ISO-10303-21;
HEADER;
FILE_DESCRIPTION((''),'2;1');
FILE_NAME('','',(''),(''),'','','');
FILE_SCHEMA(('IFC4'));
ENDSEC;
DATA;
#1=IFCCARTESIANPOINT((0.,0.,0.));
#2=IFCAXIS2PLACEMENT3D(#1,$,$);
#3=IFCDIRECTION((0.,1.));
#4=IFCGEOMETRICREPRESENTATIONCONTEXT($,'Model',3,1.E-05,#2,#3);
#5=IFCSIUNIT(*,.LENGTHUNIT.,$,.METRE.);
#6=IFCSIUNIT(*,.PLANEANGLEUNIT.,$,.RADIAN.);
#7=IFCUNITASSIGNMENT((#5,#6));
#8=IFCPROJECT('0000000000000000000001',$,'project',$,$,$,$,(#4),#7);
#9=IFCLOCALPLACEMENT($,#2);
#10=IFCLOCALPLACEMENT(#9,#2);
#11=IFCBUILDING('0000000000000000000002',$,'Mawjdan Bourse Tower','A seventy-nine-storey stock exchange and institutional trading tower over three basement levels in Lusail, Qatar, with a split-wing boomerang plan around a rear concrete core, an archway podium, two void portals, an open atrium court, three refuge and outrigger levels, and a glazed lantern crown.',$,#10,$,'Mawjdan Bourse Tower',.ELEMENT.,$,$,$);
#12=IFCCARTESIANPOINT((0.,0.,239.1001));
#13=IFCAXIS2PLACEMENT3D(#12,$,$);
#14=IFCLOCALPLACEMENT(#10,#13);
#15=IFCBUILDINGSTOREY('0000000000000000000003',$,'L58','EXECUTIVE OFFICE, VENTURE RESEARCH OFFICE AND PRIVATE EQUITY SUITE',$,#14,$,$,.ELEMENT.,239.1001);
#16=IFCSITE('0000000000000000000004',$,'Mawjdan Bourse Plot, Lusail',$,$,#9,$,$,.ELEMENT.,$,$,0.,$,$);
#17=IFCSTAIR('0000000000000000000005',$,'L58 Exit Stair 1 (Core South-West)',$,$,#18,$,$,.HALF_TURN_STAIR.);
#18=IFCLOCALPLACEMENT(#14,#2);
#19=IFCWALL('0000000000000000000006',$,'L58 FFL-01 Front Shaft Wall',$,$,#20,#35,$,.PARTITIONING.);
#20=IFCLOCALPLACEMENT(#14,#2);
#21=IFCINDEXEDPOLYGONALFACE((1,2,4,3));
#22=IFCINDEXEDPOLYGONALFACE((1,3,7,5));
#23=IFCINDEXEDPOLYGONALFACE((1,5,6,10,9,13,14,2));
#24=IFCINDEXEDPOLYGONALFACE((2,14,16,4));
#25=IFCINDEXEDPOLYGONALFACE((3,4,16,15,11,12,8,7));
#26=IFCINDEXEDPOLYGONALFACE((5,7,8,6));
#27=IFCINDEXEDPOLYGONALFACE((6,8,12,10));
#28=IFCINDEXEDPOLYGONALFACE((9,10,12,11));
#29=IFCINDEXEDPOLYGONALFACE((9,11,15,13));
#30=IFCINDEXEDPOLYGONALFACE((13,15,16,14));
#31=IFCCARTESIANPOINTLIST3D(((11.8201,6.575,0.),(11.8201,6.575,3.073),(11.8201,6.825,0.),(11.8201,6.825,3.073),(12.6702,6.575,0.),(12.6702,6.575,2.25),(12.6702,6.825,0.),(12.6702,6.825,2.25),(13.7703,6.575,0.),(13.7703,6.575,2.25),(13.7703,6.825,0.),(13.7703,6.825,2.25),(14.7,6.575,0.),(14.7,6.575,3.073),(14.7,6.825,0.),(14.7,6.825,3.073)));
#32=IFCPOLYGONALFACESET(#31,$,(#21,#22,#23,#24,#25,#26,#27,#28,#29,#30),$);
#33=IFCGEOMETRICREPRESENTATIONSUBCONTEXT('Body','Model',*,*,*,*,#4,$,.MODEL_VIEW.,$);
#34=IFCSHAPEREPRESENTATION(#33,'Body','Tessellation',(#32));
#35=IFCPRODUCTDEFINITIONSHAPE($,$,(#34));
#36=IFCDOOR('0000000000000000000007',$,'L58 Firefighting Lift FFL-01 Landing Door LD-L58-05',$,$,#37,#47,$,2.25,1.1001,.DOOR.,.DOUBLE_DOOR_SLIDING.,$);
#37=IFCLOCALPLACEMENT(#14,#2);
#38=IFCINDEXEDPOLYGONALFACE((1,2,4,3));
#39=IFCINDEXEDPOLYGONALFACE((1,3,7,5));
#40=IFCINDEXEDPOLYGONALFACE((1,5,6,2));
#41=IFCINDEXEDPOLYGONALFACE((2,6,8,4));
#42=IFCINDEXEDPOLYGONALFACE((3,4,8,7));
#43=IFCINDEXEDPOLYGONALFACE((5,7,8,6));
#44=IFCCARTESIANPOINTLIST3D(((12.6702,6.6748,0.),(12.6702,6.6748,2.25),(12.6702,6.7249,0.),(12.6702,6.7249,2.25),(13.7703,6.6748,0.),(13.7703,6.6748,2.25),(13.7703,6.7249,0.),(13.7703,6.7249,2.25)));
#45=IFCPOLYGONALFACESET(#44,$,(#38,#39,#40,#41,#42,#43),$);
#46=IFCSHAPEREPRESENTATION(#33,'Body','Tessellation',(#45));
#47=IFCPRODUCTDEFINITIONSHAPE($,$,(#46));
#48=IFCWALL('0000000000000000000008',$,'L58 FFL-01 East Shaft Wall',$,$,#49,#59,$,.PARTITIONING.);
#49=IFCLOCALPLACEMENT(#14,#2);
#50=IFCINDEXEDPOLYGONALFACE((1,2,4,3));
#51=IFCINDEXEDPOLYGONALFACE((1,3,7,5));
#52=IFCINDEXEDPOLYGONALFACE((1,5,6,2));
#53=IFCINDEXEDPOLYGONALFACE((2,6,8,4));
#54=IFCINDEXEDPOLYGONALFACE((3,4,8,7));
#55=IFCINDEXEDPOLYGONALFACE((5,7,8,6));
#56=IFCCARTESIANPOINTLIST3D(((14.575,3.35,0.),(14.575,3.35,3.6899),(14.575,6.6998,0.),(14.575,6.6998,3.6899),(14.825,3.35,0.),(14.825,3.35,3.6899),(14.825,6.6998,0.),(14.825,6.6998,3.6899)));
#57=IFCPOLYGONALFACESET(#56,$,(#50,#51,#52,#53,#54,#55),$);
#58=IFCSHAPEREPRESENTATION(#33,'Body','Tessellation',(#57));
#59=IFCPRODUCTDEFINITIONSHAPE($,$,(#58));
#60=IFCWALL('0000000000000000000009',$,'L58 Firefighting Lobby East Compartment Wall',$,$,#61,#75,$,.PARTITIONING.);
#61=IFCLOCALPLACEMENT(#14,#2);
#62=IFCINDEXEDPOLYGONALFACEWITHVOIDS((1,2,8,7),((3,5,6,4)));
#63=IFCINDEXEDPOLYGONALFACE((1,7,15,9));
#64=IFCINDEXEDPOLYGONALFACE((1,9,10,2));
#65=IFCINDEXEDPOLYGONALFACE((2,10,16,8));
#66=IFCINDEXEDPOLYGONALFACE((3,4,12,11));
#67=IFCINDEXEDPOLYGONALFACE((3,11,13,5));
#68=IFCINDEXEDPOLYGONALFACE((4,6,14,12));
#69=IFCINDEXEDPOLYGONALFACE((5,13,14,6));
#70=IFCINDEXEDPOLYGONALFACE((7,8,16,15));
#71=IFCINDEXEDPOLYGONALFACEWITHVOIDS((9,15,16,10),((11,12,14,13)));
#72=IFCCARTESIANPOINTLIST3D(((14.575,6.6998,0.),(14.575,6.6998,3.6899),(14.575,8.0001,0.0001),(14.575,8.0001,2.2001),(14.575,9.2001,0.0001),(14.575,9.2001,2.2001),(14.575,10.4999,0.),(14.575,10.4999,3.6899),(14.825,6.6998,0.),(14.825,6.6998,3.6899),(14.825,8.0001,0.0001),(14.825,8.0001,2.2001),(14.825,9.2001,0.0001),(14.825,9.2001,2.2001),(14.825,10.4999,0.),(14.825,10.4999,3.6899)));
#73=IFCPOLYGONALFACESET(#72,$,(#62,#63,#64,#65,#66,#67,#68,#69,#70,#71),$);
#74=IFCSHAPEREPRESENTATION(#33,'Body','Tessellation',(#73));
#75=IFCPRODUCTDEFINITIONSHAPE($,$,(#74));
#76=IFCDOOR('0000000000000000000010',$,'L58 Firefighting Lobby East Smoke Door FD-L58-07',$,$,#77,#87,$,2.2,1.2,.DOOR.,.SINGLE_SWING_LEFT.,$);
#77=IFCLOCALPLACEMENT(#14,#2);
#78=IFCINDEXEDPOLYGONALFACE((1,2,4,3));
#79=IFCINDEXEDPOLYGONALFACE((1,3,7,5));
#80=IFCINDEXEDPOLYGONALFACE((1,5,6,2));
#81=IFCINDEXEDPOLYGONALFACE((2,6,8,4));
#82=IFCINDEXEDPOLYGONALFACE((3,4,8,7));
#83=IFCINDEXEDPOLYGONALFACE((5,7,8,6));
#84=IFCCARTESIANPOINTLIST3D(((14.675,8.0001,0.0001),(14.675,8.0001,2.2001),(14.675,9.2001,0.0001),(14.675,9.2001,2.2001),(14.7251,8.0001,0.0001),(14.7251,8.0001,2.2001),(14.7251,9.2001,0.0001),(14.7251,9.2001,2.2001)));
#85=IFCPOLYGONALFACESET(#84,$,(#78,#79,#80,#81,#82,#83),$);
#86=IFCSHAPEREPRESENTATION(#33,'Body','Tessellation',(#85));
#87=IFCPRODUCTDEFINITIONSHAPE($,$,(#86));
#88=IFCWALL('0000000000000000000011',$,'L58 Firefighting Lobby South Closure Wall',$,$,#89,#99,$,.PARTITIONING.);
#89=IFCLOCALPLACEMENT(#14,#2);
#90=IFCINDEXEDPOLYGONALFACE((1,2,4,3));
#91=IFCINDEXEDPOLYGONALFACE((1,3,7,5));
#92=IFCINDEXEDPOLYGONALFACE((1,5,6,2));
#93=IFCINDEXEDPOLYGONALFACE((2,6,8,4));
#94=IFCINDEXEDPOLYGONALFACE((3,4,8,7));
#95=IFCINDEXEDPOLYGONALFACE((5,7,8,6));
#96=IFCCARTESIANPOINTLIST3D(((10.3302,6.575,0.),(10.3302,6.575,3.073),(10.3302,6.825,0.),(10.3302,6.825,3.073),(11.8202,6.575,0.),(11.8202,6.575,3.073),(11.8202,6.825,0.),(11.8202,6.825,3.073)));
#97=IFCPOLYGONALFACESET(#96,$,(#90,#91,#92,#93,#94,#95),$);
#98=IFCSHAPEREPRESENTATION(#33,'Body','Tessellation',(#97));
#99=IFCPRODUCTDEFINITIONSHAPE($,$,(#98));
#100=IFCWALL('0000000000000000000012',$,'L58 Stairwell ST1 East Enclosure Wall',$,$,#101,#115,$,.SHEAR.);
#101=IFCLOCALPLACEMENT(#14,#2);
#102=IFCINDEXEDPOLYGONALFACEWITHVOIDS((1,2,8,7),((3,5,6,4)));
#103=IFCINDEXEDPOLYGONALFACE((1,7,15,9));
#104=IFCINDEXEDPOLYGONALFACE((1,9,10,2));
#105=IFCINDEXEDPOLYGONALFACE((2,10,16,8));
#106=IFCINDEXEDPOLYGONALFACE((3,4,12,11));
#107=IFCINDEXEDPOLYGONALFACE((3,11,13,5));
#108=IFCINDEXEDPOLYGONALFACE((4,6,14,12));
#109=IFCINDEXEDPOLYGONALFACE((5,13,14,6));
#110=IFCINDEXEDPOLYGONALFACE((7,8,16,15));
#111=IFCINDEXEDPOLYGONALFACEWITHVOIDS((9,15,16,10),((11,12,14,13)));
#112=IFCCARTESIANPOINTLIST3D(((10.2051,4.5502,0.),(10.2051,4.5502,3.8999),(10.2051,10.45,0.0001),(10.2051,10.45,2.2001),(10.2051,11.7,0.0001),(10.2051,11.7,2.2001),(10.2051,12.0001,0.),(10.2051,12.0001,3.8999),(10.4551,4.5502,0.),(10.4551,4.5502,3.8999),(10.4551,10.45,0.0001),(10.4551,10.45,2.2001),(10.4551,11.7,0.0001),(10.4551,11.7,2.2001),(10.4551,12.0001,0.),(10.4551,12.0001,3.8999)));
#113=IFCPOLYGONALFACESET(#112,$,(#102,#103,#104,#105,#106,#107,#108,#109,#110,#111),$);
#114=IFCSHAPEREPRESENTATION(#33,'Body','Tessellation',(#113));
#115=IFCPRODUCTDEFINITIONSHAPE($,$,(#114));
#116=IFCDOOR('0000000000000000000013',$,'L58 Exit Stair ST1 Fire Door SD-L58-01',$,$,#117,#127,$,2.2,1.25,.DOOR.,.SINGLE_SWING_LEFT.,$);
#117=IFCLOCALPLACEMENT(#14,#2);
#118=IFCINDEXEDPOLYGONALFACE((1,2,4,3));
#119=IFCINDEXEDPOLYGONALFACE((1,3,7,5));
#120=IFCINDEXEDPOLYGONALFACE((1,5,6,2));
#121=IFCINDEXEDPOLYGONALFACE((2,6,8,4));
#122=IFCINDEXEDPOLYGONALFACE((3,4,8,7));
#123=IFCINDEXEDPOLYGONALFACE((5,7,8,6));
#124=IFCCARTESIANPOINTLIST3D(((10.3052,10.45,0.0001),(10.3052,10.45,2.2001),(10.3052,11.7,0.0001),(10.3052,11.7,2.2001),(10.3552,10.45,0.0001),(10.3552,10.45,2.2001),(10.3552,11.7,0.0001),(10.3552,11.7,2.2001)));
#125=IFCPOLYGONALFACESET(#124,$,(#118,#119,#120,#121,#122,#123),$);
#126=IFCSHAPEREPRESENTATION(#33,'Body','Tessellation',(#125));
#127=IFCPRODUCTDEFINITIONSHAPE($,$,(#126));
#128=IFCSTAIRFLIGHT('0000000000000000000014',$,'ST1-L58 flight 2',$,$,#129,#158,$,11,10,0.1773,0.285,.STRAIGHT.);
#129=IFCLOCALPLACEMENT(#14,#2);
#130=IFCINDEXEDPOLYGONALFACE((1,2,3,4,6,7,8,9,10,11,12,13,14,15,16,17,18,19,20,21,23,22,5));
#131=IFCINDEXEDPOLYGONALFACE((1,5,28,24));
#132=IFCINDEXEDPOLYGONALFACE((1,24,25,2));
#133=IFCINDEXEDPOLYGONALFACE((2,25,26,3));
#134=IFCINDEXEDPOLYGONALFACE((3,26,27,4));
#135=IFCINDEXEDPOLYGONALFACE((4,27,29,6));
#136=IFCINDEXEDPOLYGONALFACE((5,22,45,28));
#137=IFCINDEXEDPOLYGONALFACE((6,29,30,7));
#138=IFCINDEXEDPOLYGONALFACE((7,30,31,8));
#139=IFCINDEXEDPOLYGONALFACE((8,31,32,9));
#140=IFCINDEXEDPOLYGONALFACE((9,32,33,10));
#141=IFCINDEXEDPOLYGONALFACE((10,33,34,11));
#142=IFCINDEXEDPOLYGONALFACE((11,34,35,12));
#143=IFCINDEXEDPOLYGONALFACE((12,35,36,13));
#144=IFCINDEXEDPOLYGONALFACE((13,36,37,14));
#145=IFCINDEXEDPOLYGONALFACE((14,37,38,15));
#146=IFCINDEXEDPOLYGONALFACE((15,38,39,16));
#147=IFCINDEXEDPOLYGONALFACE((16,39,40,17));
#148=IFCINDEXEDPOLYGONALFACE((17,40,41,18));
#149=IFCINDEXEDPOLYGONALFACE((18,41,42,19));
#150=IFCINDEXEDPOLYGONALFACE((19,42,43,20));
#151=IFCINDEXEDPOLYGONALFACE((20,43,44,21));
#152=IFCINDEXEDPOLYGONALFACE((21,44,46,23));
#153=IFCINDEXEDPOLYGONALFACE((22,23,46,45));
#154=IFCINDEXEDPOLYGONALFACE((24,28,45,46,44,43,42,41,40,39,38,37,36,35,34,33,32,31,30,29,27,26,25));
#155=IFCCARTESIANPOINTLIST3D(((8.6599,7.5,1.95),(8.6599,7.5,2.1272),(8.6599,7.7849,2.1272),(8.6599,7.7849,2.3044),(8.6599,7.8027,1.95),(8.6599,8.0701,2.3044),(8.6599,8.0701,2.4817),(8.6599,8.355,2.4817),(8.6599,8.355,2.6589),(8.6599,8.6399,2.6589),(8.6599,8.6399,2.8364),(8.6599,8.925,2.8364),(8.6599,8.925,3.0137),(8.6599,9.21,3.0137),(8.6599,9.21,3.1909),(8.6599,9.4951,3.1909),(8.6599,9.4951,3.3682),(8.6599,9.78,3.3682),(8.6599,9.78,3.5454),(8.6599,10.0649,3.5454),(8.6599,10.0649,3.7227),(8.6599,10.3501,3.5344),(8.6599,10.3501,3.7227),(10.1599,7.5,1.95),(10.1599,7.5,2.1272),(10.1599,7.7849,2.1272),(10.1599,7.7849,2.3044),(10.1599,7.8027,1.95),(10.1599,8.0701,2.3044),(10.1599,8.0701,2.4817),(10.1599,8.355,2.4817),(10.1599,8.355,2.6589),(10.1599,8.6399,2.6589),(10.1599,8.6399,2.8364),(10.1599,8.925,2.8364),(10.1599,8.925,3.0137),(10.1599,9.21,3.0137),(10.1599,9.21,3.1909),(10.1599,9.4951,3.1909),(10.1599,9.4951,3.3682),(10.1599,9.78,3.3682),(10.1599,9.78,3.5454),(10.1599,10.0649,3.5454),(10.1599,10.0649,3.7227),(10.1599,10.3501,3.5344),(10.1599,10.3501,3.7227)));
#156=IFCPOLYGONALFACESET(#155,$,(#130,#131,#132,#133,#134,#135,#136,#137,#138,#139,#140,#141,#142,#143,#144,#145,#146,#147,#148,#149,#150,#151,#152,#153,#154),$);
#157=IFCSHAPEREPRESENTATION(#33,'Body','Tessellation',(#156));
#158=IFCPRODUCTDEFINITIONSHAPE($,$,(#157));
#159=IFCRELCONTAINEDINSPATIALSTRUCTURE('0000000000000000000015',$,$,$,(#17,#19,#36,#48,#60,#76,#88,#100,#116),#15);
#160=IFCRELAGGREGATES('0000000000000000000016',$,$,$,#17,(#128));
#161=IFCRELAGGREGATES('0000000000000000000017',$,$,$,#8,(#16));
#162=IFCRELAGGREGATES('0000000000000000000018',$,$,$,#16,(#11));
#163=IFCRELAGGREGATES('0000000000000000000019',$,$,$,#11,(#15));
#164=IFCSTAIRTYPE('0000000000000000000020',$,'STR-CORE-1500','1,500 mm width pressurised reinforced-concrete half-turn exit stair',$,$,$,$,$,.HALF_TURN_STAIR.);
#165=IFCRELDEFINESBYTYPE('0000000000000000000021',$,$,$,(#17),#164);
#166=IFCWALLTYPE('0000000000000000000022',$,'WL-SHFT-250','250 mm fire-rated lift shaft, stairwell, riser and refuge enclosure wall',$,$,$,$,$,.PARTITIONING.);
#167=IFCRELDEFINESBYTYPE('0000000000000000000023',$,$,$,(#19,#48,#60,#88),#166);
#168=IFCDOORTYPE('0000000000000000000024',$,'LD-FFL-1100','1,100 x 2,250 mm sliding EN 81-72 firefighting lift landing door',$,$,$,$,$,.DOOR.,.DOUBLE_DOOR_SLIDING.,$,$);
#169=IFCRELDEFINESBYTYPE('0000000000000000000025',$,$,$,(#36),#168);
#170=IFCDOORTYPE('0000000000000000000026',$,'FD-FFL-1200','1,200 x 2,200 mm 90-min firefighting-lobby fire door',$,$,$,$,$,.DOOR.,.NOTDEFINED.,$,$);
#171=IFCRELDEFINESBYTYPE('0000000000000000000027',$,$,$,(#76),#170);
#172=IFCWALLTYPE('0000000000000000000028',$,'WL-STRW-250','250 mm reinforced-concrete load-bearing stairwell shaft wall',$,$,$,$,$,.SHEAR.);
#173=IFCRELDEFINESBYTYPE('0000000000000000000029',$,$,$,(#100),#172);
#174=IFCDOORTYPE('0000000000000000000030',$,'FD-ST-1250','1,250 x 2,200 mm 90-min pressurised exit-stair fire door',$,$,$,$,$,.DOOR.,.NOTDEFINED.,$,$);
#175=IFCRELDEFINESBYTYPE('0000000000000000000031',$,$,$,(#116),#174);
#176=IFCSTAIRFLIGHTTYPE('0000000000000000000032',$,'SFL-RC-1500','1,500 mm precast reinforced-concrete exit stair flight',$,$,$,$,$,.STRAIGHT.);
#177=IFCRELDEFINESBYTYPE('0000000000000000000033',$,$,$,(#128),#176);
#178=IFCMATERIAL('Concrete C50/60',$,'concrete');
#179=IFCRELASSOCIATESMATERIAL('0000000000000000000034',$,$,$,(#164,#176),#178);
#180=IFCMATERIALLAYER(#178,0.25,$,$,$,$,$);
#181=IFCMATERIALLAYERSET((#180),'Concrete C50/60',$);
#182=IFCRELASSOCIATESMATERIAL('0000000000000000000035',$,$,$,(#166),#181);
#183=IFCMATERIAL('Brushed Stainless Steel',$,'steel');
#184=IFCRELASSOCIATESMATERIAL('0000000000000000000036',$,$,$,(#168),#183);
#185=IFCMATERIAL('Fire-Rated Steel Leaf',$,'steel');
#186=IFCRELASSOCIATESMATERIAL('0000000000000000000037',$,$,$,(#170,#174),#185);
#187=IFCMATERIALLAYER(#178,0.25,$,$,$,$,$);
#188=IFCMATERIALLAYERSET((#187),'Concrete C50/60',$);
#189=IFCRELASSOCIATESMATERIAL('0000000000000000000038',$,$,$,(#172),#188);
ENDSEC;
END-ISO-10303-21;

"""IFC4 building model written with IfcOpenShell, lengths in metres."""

from ifc_helpers import new_model, si_unit, direction, frame, frame_2d, origin, place, context, subcontext, project, spatial, polyline, rectangle, outline, extrude, material, layer, layer_set, type_object, element, fill, aggregate, save


model = new_model("IFC4")

# Units and contexts
model_context = context("Model", 3, precision=1e-05, world=origin(), true_north=direction((0.0, 1.0)))
body_context = subcontext(model_context, "Body", "Model", "MODEL_VIEW")
ifc_project = project(units=[si_unit("LENGTHUNIT", "METRE"), si_unit("PLANEANGLEUNIT", "RADIAN")], contexts=[model_context])

# Site, building, storey
site_placement = place(None, origin())
site = spatial("IfcSite", under=ifc_project, at=site_placement, Name="Mawjdan Bourse Plot, Lusail", CompositionType="ELEMENT", RefElevation=0.0)
building_placement = place(site_placement, origin())
building = spatial("IfcBuilding", under=site, at=building_placement, Name="Mawjdan Bourse Tower", Description="A seventy-nine-storey stock exchange and institutional trading tower over three basement levels in Lusail, Qatar, with a split-wing boomerang plan around a rear concrete core, an archway podium, two void portals, an open atrium court, three refuge and outrigger levels, and a glazed lantern crown.", LongName="Mawjdan Bourse Tower", CompositionType="ELEMENT")
storey_placement = place(building_placement, frame((0.0, 0.0, 239.1001)))
storey = spatial("IfcBuildingStorey", under=building, at=storey_placement, Name="L58", Description="EXECUTIVE OFFICE, VENTURE RESEARCH OFFICE AND PRIVATE EQUITY SUITE", CompositionType="ELEMENT", Elevation=239.1001)

# Stair
ifc_material_1 = material(Name="Concrete C50/60", Category="concrete")
stair_type = type_object("IfcStairType", Name="STR-CORE-1500", Description="1,500 mm width pressurised reinforced-concrete half-turn exit stair", PredefinedType="HALF_TURN_STAIR", material=ifc_material_1)
stair_1_placement = place(storey_placement, origin())
stair_1 = element("IfcStair", 1, at=stair_1_placement, inside=storey, type_object=stair_type, Name="L58 Exit Stair 1 (Core South-West)", PredefinedType="HALF_TURN_STAIR")

# Shared definitions
ifc_layer_1 = layer(ifc_material_1, 0.25)
ifc_layer_set_1 = layer_set([ifc_layer_1], Name="Concrete C50/60")
wall_type_1 = type_object("IfcWallType", Name="WL-SHFT-250", Description="250 mm fire-rated lift shaft, stairwell, riser and refuge enclosure wall", PredefinedType="PARTITIONING", material=ifc_layer_set_1)

# Wall, opening, door
wall_1_placement = place(storey_placement, frame((11.8201, 6.7, 0.0), z_axis=(0.0, 0.0, 1.0), x_axis=(1.0, 0.0, 0.0)))
wall_1 = element("IfcWall", 2, at=wall_1_placement, inside=storey, type_object=wall_type_1, Name="L58 FFL-01 Front Shaft Wall", PredefinedType="PARTITIONING", context=body_context, shape_type="SweptSolid", body=[
    extrude(rectangle(XDim=2.8799, YDim=0.25, at=frame_2d((1.4399, 0.0))), origin(), (0.0, 0.0, 1.0), 3.073),
])
opening_1_placement = place(wall_1_placement, frame((0.8501, 0.0, 0.0)))
opening_1 = element("IfcOpeningElement", 3, at=opening_1_placement, cuts=wall_1, PredefinedType="OPENING", context=body_context, shape_type="SweptSolid", body=[
    extrude(rectangle(XDim=1.1001, YDim=2.25, at=frame_2d((0.55, 1.125))), frame((0.0, 0.135, 0.0), z_axis=(0.0, -1.0, 0.0), x_axis=(1.0, 0.0, 0.0)), (0.0, 0.0, 1.0), 0.27),
])
ifc_material_2 = material(Name="Brushed Stainless Steel", Category="steel")
door_type_1 = type_object("IfcDoorType", Name="LD-FFL-1100", Description="1,100 x 2,250 mm sliding EN 81-72 firefighting lift landing door", OperationType="DOUBLE_DOOR_SLIDING", PredefinedType="DOOR", material=ifc_material_2)
door_1_placement = place(opening_1_placement, origin())
door_1 = element("IfcDoor", 4, at=door_1_placement, inside=storey, type_object=door_type_1, Name="L58 Firefighting Lift FFL-01 Landing Door LD-L58-05", OperationType="DOUBLE_DOOR_SLIDING", OverallHeight=2.25, OverallWidth=1.1001, PredefinedType="DOOR", context=body_context, shape_type="SweptSolid", body=[
    extrude(rectangle(XDim=1.1001, YDim=2.25, at=frame_2d((0.55, 1.125))), frame((0.0, 0.0249, 0.0), z_axis=(0.0, -1.0, 0.0), x_axis=(1.0, 0.0, 0.0)), (0.0, 0.0, 1.0), 0.05),
])
fill(opening_1, door_1)

# Wall
wall_2_placement = place(storey_placement, frame((14.7, 3.3501, 0.0), z_axis=(0.0, 0.0, 1.0), x_axis=(0.0, 1.0, 0.0)))
element("IfcWall", 5, at=wall_2_placement, inside=storey, type_object=wall_type_1, Name="L58 FFL-01 East Shaft Wall", PredefinedType="PARTITIONING", context=body_context, shape_type="SweptSolid", body=[
    extrude(rectangle(XDim=3.3499, YDim=0.25, at=frame_2d((1.6748, 0.0))), origin(), (0.0, 0.0, 1.0), 3.6899),
])

# Wall, opening, door
wall_3_placement = place(storey_placement, frame((14.7, 6.7, 0.0), z_axis=(0.0, 0.0, 1.0), x_axis=(0.0, 1.0, 0.0)))
wall_3 = element("IfcWall", 6, at=wall_3_placement, inside=storey, type_object=wall_type_1, Name="L58 Firefighting Lobby East Compartment Wall", PredefinedType="PARTITIONING", context=body_context, shape_type="SweptSolid", body=[
    extrude(rectangle(XDim=3.8, YDim=0.25, at=frame_2d((1.8999, 0.0))), origin(), (0.0, 0.0, 1.0), 3.6899),
])
opening_2_placement = place(wall_3_placement, frame((1.3, 0.0, 0.0)))
opening_2 = element("IfcOpeningElement", 7, at=opening_2_placement, cuts=wall_3, PredefinedType="OPENING", context=body_context, shape_type="SweptSolid", body=[
    extrude(rectangle(XDim=1.2, YDim=2.2, at=frame_2d((0.6001, 1.1001))), frame((0.0, 0.135, 0.0), z_axis=(0.0, -1.0, 0.0), x_axis=(1.0, 0.0, 0.0)), (0.0, 0.0, 1.0), 0.27),
])
ifc_material_3 = material(Name="Fire-Rated Steel Leaf", Category="steel")
door_type_2 = type_object("IfcDoorType", Name="FD-FFL-1200", Description="1,200 x 2,200 mm 90-min firefighting-lobby fire door", OperationType="NOTDEFINED", PredefinedType="DOOR", material=ifc_material_3)
door_2_placement = place(opening_2_placement, origin())
door_2 = element("IfcDoor", 8, at=door_2_placement, inside=storey, type_object=door_type_2, Name="L58 Firefighting Lobby East Smoke Door FD-L58-07", OperationType="SINGLE_SWING_LEFT", OverallHeight=2.2, OverallWidth=1.2, PredefinedType="DOOR", context=body_context, shape_type="SweptSolid", body=[
    extrude(rectangle(XDim=1.2, YDim=2.2, at=frame_2d((0.6001, 1.1001))), frame((0.0, 0.0249, 0.0), z_axis=(0.0, -1.0, 0.0), x_axis=(1.0, 0.0, 0.0)), (0.0, 0.0, 1.0), 0.05),
])
fill(opening_2, door_2)

# Wall
wall_4_placement = place(storey_placement, frame((10.3301, 6.7, 0.0), z_axis=(0.0, 0.0, 1.0), x_axis=(1.0, 0.0, 0.0)))
element("IfcWall", 9, at=wall_4_placement, inside=storey, type_object=wall_type_1, Name="L58 Firefighting Lobby South Closure Wall", PredefinedType="PARTITIONING", context=body_context, shape_type="SweptSolid", body=[
    extrude(rectangle(XDim=1.49, YDim=0.25, at=frame_2d((0.7451, 0.0))), origin(), (0.0, 0.0, 1.0), 3.073),
])
ifc_layer_2 = layer(ifc_material_1, 0.25)
ifc_layer_set_2 = layer_set([ifc_layer_2], Name="Concrete C50/60")
wall_type_2 = type_object("IfcWallType", Name="WL-STRW-250", Description="250 mm reinforced-concrete load-bearing stairwell shaft wall", PredefinedType="SHEAR", material=ifc_layer_set_2)

# Wall, opening, door
wall_5_placement = place(storey_placement, frame((10.3301, 4.55, 0.0), z_axis=(0.0, 0.0, 1.0), x_axis=(0.0, 1.0, 0.0)))
wall_5 = element("IfcWall", 10, at=wall_5_placement, inside=storey, type_object=wall_type_2, Name="L58 Stairwell ST1 East Enclosure Wall", PredefinedType="SHEAR", context=body_context, shape_type="SweptSolid", body=[
    extrude(rectangle(XDim=7.45, YDim=0.25, at=frame_2d((3.7251, 0.0))), origin(), (0.0, 0.0, 1.0), 3.8999),
])
opening_3_placement = place(wall_5_placement, frame((5.8999, 0.0, 0.0)))
opening_3 = element("IfcOpeningElement", 11, at=opening_3_placement, cuts=wall_5, PredefinedType="OPENING", context=body_context, shape_type="SweptSolid", body=[
    extrude(rectangle(XDim=1.25, YDim=2.2, at=frame_2d((0.625, 1.1001))), frame((0.0, 0.135, 0.0), z_axis=(0.0, -1.0, 0.0), x_axis=(1.0, 0.0, 0.0)), (0.0, 0.0, 1.0), 0.27),
])
door_type_3 = type_object("IfcDoorType", Name="FD-ST-1250", Description="1,250 x 2,200 mm 90-min pressurised exit-stair fire door", OperationType="NOTDEFINED", PredefinedType="DOOR", material=ifc_material_3)
door_3_placement = place(opening_3_placement, origin())
door_3 = element("IfcDoor", 12, at=door_3_placement, inside=storey, type_object=door_type_3, Name="L58 Exit Stair ST1 Fire Door SD-L58-01", OperationType="SINGLE_SWING_LEFT", OverallHeight=2.2, OverallWidth=1.25, PredefinedType="DOOR", context=body_context, shape_type="SweptSolid", body=[
    extrude(rectangle(XDim=1.25, YDim=2.2, at=frame_2d((0.625, 1.1001))), frame((0.0, 0.0249, 0.0), z_axis=(0.0, -1.0, 0.0), x_axis=(1.0, 0.0, 0.0)), (0.0, 0.0, 1.0), 0.05),
])
fill(opening_3, door_3)

# Stair flight
stair_flight_type = type_object("IfcStairFlightType", Name="SFL-RC-1500", Description="1,500 mm precast reinforced-concrete exit stair flight", PredefinedType="STRAIGHT", material=ifc_material_1)
stair_flight_placement = place(storey_placement, frame((9.4099, 7.5, 1.95), z_axis=(0.0, 0.0, 1.0), x_axis=(0.0, 1.0, 0.0)))
stair_flight = element("IfcStairFlight", 13, at=stair_flight_placement, type_object=stair_flight_type, Name="ST1-L58 flight 2", NumberOfRisers=11, NumberOfTreads=10, PredefinedType="STRAIGHT", RiserHeight=0.1773, TreadLength=0.285, context=body_context, shape_type="SweptSolid", body=[
    extrude(outline(polyline([(0.0, 0.0), (0.0, 0.1772), (0.2849, 0.1772), (0.2849, 0.3545), (0.5701, 0.3545), (0.5701, 0.5317), (0.855, 0.5317), (0.855, 0.709), (1.1399, 0.709), (1.1399, 0.8865), (1.425, 0.8865), (1.425, 1.0637), (1.71, 1.0637), (1.71, 1.241), (1.9951, 1.241), (1.9951, 1.4182), (2.28, 1.4182), (2.28, 1.5955), (2.5649, 1.5955), (2.5649, 1.7727), (2.8501, 1.7727), (2.8501, 1.95), (2.8501, 1.5845), (0.3027, 0.0), (0.0, 0.0)])), frame((0.0, 0.75, 0.0), z_axis=(0.0, -1.0, 0.0), x_axis=(1.0, 0.0, 0.0)), (0.0, 0.0, 1.0), 1.5),
])
aggregate(stair_1, [stair_flight])

save(model, "model.ifc")
